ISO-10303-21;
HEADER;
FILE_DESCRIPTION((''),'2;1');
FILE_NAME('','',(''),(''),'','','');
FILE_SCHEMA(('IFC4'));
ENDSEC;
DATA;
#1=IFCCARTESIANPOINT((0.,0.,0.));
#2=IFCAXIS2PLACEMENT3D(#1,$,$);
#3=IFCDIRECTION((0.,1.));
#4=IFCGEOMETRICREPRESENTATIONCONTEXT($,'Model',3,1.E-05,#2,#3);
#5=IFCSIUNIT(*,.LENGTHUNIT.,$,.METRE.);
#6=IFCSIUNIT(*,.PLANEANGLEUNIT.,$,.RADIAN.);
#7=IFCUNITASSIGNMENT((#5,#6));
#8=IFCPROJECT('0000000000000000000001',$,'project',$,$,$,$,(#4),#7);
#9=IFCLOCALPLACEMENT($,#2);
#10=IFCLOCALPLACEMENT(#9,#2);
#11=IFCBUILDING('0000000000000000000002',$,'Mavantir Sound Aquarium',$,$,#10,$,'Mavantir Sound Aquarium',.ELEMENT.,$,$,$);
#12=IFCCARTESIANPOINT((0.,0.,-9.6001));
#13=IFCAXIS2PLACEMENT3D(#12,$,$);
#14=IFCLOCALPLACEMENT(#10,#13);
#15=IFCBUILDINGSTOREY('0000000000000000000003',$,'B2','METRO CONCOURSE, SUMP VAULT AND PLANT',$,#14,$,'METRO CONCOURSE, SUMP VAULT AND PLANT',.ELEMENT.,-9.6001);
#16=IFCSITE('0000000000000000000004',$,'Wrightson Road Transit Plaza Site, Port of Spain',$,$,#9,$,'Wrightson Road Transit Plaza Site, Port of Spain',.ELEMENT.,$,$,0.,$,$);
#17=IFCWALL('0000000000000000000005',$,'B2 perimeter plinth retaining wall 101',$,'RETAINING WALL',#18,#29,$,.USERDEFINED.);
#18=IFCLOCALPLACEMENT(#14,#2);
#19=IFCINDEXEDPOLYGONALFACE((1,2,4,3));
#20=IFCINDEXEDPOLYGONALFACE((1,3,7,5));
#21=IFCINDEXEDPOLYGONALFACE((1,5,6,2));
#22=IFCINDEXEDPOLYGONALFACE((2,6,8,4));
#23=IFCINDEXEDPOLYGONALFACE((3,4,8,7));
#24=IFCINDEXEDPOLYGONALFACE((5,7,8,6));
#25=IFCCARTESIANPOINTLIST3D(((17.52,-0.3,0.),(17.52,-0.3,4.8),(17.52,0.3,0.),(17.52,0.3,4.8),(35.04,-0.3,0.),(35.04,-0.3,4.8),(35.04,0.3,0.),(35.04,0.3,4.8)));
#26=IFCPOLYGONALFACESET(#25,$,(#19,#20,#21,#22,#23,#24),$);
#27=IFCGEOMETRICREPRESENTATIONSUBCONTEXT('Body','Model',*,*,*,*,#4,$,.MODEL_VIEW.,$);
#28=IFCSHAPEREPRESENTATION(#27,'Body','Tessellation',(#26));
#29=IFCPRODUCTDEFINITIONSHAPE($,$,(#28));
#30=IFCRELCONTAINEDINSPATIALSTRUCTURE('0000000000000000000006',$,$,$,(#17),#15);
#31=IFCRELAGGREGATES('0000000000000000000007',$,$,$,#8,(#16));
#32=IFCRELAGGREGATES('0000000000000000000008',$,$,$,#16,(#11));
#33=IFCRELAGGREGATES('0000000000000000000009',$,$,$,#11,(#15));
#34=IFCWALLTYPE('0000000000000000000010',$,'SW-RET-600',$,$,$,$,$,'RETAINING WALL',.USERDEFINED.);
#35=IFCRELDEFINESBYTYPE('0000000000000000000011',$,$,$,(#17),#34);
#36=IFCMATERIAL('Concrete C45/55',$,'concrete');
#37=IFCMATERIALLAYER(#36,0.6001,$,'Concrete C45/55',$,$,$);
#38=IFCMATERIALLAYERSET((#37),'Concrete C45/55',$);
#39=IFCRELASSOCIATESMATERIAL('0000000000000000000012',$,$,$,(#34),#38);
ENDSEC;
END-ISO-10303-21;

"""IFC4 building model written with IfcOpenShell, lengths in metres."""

from ifc_helpers import new_model, si_unit, direction, frame, frame_2d, origin, place, context, subcontext, project, spatial, rectangle, extrude, material, layer, layer_set, type_object, element, save


model = new_model("IFC4")

# Units and contexts
model_context = context("Model", 3, precision=1e-05, world=origin(), true_north=direction((0.0, 1.0)))
body_context = subcontext(model_context, "Body", "Model", "MODEL_VIEW")
ifc_project = project(units=[si_unit("LENGTHUNIT", "METRE"), si_unit("PLANEANGLEUNIT", "RADIAN")], contexts=[model_context])

# Site, building, storey
site_placement = place(None, origin())
site = spatial("IfcSite", under=ifc_project, at=site_placement, Name="Wrightson Road Transit Plaza Site, Port of Spain", LongName="Wrightson Road Transit Plaza Site, Port of Spain", CompositionType="ELEMENT", RefElevation=0.0)
building_placement = place(site_placement, origin())
building = spatial("IfcBuilding", under=site, at=building_placement, Name="Mavantir Sound Aquarium", LongName="Mavantir Sound Aquarium", CompositionType="ELEMENT")
storey_placement = place(building_placement, frame((0.0, 0.0, -9.6001)))
storey = spatial("IfcBuildingStorey", under=building, at=storey_placement, Name="B2", Description="METRO CONCOURSE, SUMP VAULT AND PLANT", LongName="METRO CONCOURSE, SUMP VAULT AND PLANT", CompositionType="ELEMENT", Elevation=-9.6001)

# Shared definitions
ifc_material_1 = material(Name="Concrete C45/55", Category="concrete")

# Wall
ifc_layer = layer(ifc_material_1, 0.6001, Name="Concrete C45/55")
ifc_layer_set = layer_set([ifc_layer], Name="Concrete C45/55")
wall_type = type_object("IfcWallType", Name="SW-RET-600", ElementType="RETAINING WALL", PredefinedType="USERDEFINED", material=ifc_layer_set)
wall_placement = place(storey_placement, frame((35.04, 0.0, 0.0), z_axis=(0.0, 0.0, 1.0), x_axis=(-1.0, 0.0, 0.0)))
element("IfcWall", 1, at=wall_placement, inside=storey, type_object=wall_type, Name="B2 perimeter plinth retaining wall 101", ObjectType="RETAINING WALL", PredefinedType="USERDEFINED", context=body_context, shape_type="SweptSolid", body=[
    extrude(rectangle(XDim=17.52, YDim=0.6001, at=frame_2d((8.76, 0.0))), origin(), (0.0, 0.0, 1.0), 4.8),
])

save(model, "model.ifc")
